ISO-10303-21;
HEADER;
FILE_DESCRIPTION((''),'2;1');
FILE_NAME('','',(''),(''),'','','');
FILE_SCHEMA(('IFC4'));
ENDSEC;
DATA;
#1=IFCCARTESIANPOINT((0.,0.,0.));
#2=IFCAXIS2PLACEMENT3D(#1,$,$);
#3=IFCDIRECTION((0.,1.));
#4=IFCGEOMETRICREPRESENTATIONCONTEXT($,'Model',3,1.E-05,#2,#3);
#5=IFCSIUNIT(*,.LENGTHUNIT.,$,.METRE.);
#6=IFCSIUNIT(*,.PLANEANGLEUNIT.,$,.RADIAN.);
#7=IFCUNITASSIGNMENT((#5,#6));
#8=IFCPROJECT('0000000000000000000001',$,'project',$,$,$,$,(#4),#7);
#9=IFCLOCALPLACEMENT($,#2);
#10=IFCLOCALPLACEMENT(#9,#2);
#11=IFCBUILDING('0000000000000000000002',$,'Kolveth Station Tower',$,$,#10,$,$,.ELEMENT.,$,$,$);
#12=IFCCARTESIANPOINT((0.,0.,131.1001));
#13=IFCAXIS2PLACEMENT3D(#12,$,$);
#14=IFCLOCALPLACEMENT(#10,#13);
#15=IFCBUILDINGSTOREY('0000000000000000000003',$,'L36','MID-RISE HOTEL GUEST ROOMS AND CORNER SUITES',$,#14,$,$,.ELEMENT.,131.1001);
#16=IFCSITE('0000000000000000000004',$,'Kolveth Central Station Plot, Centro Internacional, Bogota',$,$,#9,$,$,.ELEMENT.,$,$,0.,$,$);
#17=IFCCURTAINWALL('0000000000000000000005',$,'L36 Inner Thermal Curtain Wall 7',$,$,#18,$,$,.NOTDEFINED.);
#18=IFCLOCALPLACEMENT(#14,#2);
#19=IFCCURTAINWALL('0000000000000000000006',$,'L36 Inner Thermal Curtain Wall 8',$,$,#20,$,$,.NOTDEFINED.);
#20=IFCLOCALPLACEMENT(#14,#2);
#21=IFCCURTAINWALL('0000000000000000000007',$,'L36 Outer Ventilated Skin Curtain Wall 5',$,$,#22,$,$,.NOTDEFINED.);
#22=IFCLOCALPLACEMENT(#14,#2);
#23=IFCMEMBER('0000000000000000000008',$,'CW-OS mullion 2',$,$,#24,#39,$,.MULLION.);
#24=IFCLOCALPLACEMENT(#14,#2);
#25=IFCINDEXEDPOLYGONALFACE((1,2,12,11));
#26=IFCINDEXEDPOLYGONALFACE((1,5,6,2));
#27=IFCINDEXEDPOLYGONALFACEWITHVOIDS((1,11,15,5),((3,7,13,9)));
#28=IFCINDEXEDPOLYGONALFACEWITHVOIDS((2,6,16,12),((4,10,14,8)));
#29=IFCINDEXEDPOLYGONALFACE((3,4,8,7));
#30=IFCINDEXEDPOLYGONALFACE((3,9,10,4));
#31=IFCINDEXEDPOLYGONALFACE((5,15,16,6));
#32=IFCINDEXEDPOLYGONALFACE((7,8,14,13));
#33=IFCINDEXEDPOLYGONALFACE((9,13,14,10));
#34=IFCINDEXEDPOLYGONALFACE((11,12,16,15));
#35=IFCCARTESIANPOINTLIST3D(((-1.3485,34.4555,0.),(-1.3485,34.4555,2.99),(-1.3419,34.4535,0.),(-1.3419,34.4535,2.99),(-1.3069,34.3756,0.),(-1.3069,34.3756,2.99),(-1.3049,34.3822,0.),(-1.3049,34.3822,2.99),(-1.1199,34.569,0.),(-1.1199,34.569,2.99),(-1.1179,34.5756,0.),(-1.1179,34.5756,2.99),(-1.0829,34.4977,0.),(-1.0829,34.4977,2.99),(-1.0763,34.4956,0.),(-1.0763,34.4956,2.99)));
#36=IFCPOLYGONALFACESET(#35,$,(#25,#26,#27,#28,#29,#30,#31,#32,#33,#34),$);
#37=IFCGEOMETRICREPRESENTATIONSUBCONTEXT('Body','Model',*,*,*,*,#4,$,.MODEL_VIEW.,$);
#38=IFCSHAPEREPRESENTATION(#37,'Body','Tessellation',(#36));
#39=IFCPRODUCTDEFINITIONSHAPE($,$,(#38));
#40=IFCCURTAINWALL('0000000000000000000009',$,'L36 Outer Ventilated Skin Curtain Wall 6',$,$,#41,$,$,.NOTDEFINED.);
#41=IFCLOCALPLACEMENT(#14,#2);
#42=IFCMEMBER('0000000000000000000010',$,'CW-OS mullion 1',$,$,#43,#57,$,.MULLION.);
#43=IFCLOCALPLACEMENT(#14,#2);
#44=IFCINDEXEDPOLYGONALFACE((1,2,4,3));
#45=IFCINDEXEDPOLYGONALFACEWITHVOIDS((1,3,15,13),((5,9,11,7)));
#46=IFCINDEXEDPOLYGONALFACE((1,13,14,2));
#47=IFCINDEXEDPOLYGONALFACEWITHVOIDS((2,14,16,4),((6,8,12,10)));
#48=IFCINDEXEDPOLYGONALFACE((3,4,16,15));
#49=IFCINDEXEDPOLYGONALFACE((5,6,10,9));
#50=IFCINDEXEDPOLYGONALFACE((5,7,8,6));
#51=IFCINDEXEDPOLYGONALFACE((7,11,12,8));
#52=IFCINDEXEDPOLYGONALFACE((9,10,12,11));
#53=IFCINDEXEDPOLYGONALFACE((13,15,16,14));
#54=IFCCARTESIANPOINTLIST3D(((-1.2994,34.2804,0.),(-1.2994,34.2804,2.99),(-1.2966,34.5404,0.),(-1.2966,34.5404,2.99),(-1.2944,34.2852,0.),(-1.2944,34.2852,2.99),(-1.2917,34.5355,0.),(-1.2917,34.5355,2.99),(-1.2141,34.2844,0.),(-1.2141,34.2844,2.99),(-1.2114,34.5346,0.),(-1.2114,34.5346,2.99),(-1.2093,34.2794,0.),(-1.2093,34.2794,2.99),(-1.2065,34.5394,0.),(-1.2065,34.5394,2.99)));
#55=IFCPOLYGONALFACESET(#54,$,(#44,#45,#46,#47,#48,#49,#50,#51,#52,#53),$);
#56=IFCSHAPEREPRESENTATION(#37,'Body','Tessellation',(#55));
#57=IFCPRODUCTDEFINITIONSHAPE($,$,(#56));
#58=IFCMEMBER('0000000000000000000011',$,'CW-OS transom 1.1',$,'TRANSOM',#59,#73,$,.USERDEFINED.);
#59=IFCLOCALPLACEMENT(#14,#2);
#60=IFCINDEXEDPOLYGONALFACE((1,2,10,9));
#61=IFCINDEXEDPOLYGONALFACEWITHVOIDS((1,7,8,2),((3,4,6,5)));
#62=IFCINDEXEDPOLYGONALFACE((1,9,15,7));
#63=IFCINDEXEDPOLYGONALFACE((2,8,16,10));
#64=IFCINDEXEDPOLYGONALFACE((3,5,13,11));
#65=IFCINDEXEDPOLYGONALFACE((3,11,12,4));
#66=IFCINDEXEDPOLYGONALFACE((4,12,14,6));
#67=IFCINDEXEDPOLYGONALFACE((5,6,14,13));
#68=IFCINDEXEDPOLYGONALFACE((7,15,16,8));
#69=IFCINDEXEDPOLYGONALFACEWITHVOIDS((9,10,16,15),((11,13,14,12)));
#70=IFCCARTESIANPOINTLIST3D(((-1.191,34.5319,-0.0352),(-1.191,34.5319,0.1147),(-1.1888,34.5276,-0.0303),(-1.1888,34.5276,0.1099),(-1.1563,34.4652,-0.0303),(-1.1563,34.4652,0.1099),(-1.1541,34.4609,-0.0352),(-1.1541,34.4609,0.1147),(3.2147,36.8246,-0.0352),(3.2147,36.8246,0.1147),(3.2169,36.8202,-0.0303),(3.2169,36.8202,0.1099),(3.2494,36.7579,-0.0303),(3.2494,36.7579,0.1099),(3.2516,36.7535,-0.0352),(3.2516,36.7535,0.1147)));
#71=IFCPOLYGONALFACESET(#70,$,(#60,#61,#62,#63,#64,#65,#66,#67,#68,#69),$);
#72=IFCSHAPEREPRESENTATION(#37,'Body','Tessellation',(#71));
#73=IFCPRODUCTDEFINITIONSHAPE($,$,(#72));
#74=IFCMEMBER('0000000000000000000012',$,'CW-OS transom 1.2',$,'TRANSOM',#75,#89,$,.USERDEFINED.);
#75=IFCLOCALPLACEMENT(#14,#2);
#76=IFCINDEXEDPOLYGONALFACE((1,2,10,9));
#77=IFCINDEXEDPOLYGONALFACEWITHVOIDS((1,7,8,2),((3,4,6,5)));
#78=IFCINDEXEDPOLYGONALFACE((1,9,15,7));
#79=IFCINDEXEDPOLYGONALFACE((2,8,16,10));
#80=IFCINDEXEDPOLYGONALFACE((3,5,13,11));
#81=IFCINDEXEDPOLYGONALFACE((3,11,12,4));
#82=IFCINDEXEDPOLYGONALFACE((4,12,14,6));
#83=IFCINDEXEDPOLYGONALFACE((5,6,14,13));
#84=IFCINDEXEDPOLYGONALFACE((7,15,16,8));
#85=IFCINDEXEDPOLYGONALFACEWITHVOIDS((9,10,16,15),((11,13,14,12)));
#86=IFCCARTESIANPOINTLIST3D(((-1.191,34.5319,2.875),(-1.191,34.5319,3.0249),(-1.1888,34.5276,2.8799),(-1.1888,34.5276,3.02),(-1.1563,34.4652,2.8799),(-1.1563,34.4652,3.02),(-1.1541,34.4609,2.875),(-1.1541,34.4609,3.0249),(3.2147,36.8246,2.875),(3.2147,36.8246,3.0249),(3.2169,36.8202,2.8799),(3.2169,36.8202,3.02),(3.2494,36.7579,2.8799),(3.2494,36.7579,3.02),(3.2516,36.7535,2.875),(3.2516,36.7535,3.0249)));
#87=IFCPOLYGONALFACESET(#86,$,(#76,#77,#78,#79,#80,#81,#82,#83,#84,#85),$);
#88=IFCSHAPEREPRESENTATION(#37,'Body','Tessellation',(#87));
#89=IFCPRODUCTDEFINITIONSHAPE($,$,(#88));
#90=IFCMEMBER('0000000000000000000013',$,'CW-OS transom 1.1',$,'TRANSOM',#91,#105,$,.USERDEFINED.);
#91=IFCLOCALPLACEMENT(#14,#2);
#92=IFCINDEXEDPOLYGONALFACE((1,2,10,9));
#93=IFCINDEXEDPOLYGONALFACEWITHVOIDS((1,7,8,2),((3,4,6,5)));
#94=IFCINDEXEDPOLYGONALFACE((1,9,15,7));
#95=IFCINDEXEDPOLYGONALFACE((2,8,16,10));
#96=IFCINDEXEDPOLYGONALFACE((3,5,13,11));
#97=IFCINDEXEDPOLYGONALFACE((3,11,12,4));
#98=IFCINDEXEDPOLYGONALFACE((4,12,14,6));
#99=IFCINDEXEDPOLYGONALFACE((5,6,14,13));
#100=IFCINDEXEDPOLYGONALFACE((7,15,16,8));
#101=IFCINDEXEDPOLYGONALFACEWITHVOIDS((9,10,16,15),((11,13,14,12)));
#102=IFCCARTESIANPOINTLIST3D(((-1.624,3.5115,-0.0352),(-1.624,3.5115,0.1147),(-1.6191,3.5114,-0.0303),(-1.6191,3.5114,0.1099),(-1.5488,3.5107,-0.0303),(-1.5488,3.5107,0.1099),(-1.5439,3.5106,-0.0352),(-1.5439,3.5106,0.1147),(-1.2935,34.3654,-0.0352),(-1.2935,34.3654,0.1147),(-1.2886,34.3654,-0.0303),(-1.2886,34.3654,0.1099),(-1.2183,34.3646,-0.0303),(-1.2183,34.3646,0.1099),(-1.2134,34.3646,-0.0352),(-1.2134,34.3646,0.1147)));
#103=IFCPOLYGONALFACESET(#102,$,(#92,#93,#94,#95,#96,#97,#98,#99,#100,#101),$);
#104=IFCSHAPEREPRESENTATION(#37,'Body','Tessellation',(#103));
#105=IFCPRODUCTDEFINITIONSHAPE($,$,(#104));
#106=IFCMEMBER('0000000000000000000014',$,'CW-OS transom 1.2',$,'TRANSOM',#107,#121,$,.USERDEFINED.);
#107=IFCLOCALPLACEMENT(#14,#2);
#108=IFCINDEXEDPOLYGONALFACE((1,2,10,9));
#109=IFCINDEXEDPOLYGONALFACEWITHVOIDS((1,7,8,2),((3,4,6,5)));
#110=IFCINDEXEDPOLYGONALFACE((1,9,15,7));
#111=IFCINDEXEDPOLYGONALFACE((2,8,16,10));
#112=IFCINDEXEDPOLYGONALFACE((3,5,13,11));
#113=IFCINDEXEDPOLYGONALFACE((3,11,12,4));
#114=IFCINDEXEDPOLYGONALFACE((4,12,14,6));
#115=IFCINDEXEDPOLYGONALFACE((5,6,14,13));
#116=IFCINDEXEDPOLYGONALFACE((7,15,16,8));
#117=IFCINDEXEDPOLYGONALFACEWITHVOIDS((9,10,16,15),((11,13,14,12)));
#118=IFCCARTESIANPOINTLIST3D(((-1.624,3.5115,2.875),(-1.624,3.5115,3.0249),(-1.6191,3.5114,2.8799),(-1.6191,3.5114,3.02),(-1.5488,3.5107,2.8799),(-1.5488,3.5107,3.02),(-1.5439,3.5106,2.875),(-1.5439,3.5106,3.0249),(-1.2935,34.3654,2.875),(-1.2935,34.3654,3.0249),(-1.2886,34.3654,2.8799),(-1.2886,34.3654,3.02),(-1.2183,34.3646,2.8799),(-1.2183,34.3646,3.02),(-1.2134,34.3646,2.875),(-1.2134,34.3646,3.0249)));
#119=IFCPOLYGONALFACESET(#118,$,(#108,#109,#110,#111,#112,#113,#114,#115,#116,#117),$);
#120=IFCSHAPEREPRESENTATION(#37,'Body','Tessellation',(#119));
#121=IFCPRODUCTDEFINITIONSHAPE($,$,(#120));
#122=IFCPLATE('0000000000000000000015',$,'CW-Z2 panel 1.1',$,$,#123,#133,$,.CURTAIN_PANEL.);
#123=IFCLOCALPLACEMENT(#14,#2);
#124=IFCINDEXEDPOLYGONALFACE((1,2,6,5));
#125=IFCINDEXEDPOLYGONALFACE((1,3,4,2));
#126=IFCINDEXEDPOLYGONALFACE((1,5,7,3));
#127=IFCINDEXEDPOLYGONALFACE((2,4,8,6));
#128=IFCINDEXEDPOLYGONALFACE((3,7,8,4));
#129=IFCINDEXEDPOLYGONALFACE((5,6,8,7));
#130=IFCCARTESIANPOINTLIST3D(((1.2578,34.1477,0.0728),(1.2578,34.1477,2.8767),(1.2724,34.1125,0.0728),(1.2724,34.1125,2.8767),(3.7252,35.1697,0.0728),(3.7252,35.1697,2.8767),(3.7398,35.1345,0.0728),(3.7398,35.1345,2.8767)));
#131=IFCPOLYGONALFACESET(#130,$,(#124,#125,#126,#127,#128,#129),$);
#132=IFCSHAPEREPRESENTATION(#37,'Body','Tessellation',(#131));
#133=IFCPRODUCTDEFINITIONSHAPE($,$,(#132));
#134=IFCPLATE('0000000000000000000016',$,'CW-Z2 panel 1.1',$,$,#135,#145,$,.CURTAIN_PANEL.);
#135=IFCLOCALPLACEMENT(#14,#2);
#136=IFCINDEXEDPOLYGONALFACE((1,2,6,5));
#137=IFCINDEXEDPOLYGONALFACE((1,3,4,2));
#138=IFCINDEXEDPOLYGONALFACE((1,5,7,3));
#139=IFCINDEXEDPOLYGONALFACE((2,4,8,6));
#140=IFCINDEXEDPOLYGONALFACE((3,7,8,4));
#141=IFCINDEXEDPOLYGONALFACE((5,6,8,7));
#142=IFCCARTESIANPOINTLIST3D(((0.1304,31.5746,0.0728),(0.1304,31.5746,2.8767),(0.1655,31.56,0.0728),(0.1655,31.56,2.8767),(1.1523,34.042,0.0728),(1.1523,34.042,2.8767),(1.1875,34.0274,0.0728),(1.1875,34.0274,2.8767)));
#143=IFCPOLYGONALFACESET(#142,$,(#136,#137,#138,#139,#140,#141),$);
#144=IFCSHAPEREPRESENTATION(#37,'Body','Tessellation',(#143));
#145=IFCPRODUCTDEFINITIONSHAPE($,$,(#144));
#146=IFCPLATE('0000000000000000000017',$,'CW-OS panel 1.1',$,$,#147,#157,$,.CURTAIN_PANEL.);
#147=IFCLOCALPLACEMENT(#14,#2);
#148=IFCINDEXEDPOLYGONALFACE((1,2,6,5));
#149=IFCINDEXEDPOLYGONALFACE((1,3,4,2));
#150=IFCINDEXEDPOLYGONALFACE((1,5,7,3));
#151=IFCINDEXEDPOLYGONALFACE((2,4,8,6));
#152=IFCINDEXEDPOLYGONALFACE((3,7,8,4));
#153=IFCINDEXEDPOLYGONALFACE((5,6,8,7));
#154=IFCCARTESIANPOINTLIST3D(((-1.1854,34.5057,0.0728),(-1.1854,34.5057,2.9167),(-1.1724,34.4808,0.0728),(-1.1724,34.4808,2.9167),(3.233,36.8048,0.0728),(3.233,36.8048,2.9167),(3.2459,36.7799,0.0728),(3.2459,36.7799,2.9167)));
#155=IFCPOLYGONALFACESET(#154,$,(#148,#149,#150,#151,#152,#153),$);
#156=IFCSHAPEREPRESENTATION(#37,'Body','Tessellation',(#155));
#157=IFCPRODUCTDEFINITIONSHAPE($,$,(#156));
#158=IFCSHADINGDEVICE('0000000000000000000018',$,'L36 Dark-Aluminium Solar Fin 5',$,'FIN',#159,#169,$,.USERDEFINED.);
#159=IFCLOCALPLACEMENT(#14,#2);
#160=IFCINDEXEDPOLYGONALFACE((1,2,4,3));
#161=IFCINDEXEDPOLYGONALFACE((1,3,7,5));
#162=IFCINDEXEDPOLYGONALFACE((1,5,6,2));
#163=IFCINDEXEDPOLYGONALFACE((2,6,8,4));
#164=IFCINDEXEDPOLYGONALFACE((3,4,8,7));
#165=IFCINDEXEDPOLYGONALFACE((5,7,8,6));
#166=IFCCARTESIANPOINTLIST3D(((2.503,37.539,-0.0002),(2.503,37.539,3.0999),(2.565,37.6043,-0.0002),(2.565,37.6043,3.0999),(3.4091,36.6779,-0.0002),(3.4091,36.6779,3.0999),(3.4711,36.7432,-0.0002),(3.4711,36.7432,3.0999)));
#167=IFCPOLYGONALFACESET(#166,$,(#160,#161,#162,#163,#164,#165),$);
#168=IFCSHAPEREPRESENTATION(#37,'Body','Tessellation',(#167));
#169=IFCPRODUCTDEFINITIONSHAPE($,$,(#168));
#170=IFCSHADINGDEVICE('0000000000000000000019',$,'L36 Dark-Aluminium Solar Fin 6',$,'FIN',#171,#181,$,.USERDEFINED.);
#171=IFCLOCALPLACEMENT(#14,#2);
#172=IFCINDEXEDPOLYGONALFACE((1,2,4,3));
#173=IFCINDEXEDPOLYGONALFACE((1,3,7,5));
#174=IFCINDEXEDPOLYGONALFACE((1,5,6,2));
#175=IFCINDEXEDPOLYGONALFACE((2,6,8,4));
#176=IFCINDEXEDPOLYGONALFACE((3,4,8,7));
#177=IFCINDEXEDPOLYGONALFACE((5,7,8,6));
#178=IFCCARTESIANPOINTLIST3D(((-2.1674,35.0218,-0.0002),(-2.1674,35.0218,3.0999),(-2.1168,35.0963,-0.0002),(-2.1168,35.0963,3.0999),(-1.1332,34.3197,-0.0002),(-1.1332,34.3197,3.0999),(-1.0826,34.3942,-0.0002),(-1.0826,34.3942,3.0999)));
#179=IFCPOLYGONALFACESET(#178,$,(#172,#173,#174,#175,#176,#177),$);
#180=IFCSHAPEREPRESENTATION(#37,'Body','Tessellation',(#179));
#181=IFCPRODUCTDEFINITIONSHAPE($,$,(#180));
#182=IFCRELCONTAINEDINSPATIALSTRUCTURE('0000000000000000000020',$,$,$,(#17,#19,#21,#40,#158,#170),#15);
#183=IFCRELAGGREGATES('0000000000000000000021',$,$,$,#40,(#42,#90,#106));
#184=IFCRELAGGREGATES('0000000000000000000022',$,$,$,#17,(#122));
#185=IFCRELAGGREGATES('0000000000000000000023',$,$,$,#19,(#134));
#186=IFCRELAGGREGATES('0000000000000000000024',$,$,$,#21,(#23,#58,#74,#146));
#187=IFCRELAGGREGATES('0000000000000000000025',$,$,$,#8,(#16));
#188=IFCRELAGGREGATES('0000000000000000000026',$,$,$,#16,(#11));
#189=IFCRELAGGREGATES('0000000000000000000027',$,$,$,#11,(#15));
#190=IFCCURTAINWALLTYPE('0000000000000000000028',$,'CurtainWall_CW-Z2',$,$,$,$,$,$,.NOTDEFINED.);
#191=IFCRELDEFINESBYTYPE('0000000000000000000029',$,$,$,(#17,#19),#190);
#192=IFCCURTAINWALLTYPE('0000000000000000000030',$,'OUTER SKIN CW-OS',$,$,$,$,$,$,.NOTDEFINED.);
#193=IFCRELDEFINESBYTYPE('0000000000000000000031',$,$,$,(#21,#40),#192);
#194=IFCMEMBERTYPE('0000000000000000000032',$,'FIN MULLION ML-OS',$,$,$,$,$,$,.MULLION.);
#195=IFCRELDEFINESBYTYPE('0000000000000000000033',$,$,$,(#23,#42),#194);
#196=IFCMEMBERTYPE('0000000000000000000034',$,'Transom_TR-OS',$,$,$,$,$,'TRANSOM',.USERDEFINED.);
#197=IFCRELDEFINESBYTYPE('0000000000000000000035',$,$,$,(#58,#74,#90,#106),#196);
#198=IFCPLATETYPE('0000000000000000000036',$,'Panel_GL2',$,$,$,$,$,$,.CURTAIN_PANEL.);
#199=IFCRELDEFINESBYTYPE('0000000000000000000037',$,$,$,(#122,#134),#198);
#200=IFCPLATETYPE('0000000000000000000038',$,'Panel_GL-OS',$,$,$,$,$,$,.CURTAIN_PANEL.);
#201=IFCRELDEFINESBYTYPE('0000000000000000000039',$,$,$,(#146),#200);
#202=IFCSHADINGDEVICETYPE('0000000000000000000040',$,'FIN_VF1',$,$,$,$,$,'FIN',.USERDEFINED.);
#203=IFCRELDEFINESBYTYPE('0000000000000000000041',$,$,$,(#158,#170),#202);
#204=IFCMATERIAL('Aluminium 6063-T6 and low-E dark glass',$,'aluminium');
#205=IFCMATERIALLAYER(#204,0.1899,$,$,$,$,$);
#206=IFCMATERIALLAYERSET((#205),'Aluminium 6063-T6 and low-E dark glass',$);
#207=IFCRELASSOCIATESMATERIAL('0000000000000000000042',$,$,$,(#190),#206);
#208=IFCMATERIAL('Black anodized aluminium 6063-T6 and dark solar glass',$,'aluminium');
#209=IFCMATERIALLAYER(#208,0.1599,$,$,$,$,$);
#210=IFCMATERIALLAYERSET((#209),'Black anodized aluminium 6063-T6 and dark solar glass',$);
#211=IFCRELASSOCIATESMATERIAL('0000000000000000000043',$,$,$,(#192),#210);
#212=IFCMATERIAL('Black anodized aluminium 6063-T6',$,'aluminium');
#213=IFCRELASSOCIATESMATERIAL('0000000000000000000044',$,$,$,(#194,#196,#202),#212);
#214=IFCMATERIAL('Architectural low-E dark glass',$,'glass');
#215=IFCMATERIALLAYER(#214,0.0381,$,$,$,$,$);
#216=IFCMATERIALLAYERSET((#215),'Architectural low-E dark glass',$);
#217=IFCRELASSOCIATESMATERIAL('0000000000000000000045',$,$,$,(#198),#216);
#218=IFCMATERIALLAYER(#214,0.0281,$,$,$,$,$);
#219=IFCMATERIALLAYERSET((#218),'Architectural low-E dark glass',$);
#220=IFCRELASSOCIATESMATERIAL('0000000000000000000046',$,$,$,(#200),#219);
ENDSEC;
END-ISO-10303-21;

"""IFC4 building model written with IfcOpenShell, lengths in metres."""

from ifc_helpers import new_model, si_unit, direction, frame, origin, origin_2d, place, context, subcontext, project, spatial, rectangle, hollow_rectangle, extrude, source, transform, mapped, material, layer, layer_set, material_profile, profile_set, type_object, element, aggregate, save


model = new_model("IFC4")

# Units and contexts
model_context = context("Model", 3, precision=1e-05, world=origin(), true_north=direction((0.0, 1.0)))
body_context = subcontext(model_context, "Body", "Model", "MODEL_VIEW")
ifc_project = project(units=[si_unit("LENGTHUNIT", "METRE"), si_unit("PLANEANGLEUNIT", "RADIAN")], contexts=[model_context])

# Site, building, storey
site_placement = place(None, origin())
site = spatial("IfcSite", under=ifc_project, at=site_placement, Name="Kolveth Central Station Plot, Centro Internacional, Bogota", CompositionType="ELEMENT", RefElevation=0.0)
building_placement = place(site_placement, origin())
building = spatial("IfcBuilding", under=site, at=building_placement, Name="Kolveth Station Tower", CompositionType="ELEMENT")
storey_placement = place(building_placement, frame((0.0, 0.0, 131.1001)))
storey = spatial("IfcBuildingStorey", under=building, at=storey_placement, Name="L36", Description="MID-RISE HOTEL GUEST ROOMS AND CORNER SUITES", CompositionType="ELEMENT", Elevation=131.1001)

# Shared definitions
ifc_material_1 = material(Name="Aluminium 6063-T6 and low-E dark glass", Category="aluminium")
ifc_layer_1 = layer(ifc_material_1, 0.1899)
ifc_layer_set_1 = layer_set([ifc_layer_1], Name="Aluminium 6063-T6 and low-E dark glass")
curtain_wall_type_1 = type_object("IfcCurtainWallType", Name="CurtainWall_CW-Z2", PredefinedType="NOTDEFINED", material=ifc_layer_set_1)
ifc_material_2 = material(Name="Black anodized aluminium 6063-T6", Category="aluminium")

# Curtain wall
curtain_wall_1_placement = place(storey_placement, origin())
curtain_wall_1 = element("IfcCurtainWall", 1, at=curtain_wall_1_placement, inside=storey, type_object=curtain_wall_type_1, Name="L36 Inner Thermal Curtain Wall 7", PredefinedType="NOTDEFINED")

# Curtain wall
curtain_wall_2_placement = place(storey_placement, origin())
curtain_wall_2 = element("IfcCurtainWall", 2, at=curtain_wall_2_placement, inside=storey, type_object=curtain_wall_type_1, Name="L36 Inner Thermal Curtain Wall 8", PredefinedType="NOTDEFINED")

# Shared definitions
ifc_material_3 = material(Name="Black anodized aluminium 6063-T6 and dark solar glass", Category="aluminium")
ifc_layer_2 = layer(ifc_material_3, 0.1599)
ifc_layer_set_2 = layer_set([ifc_layer_2], Name="Black anodized aluminium 6063-T6 and dark solar glass")
curtain_wall_type_2 = type_object("IfcCurtainWallType", Name="OUTER SKIN CW-OS", PredefinedType="NOTDEFINED", material=ifc_layer_set_2)
ifc_material_profile_1 = material_profile(ifc_material_2, hollow_rectangle(XDim=0.0901, YDim=0.26, WallThickness=0.0049, at=origin_2d()), Name="ALU-90x260x5")
ifc_profile_set_1 = profile_set([ifc_material_profile_1], Name="Black anodized aluminium 6063-T6")
member_type_1 = type_object("IfcMemberType", Name="FIN MULLION ML-OS", PredefinedType="MULLION", material=ifc_profile_set_1)
shared_shape_1 = source(origin(), body_context, "Body", "SweptSolid", [
    extrude(hollow_rectangle(XDim=0.0901, YDim=0.26, WallThickness=0.0049, at=origin_2d()), origin(), (0.0, 0.0, 1.0), 2.99),
])

# Curtain wall, member
curtain_wall_3_placement = place(storey_placement, origin())
curtain_wall_3 = element("IfcCurtainWall", 3, at=curtain_wall_3_placement, inside=storey, type_object=curtain_wall_type_2, Name="L36 Outer Ventilated Skin Curtain Wall 5", PredefinedType="NOTDEFINED")
member_1_placement = place(storey_placement, frame((-1.2124, 34.4756, 0.0), z_axis=(0.0, 0.0, 1.0), x_axis=(0.461604, -0.887086, 0.0)))
member_1 = element("IfcMember", 4, at=member_1_placement, type_object=member_type_1, Name="CW-OS mullion 2", PredefinedType="MULLION", context=body_context, shape_type="MappedRepresentation", body=[
    mapped(shared_shape_1, transform((0.0, 0.0, 0.0), x_axis=(1.0, 0.0, 0.0), y_axis=(0.0, 1.0, 0.0), z_axis=(0.0, 0.0, 1.0), scale=1.0)),
])

# Curtain wall, member
curtain_wall_4_placement = place(storey_placement, origin())
curtain_wall_4 = element("IfcCurtainWall", 5, at=curtain_wall_4_placement, inside=storey, type_object=curtain_wall_type_2, Name="L36 Outer Ventilated Skin Curtain Wall 6", PredefinedType="NOTDEFINED")
member_2_placement = place(storey_placement, frame((-1.2529, 34.4099, 0.0), z_axis=(0.0, 0.0, 1.0), x_axis=(0.999943, -0.010713, 0.0)))
member_2 = element("IfcMember", 6, at=member_2_placement, type_object=member_type_1, Name="CW-OS mullion 1", PredefinedType="MULLION", context=body_context, shape_type="MappedRepresentation", body=[
    mapped(shared_shape_1, transform((0.0, 0.0, 0.0), x_axis=(1.0, 0.0, 0.0), y_axis=(0.0, 1.0, 0.0), z_axis=(0.0, 0.0, 1.0), scale=1.0)),
])

# Members
ifc_material_profile_2 = material_profile(ifc_material_2, hollow_rectangle(XDim=0.0801, YDim=0.1499, WallThickness=0.0049, at=origin_2d()), Name="ALU-80x150x5")
ifc_profile_set_2 = profile_set([ifc_material_profile_2], Name="Black anodized aluminium 6063-T6")
member_type_2 = type_object("IfcMemberType", Name="Transom_TR-OS", ElementType="TRANSOM", PredefinedType="USERDEFINED", material=ifc_profile_set_2)
shared_shape_2 = source(origin(), body_context, "Body", "SweptSolid", [
    extrude(hollow_rectangle(XDim=0.0801, YDim=0.1499, WallThickness=0.0049, at=origin_2d()), origin(), (0.0, 0.0, 1.0), 4.9666),
])
member_3_placement = place(storey_placement, frame((3.2332, 36.7891, 0.0398), z_axis=(-0.887074, -0.461627, 0.0), x_axis=(0.461627, -0.887074, 0.0)))
member_3 = element("IfcMember", 7, at=member_3_placement, type_object=member_type_2, Name="CW-OS transom 1.1", ObjectType="TRANSOM", PredefinedType="USERDEFINED", context=body_context, shape_type="MappedRepresentation", body=[
    mapped(shared_shape_2, transform((0.0, 0.0, 0.0), x_axis=(1.0, 0.0, 0.0), y_axis=(0.0, 1.0, 0.0), z_axis=(0.0, 0.0, 1.0), scale=1.0)),
])
member_4_placement = place(storey_placement, frame((3.2332, 36.7891, 2.95), z_axis=(-0.887074, -0.461627, 0.0), x_axis=(0.461627, -0.887074, 0.0)))
member_4 = element("IfcMember", 8, at=member_4_placement, type_object=member_type_2, Name="CW-OS transom 1.2", ObjectType="TRANSOM", PredefinedType="USERDEFINED", context=body_context, shape_type="MappedRepresentation", body=[
    mapped(shared_shape_2, transform((0.0, 0.0, 0.0), x_axis=(1.0, 0.0, 0.0), y_axis=(0.0, 1.0, 0.0), z_axis=(0.0, 0.0, 1.0), scale=1.0)),
])
shared_shape_3 = source(origin(), body_context, "Body", "SweptSolid", [
    extrude(hollow_rectangle(XDim=0.0801, YDim=0.1499, WallThickness=0.0049, at=origin_2d()), origin(), (0.0, 0.0, 1.0), 30.8557),
])
member_5_placement = place(storey_placement, frame((-1.2534, 34.365, 0.0398), z_axis=(-0.010713, -0.999943, 0.0), x_axis=(0.999943, -0.010713, 0.0)))
member_5 = element("IfcMember", 9, at=member_5_placement, type_object=member_type_2, Name="CW-OS transom 1.1", ObjectType="TRANSOM", PredefinedType="USERDEFINED", context=body_context, shape_type="MappedRepresentation", body=[
    mapped(shared_shape_3, transform((0.0, 0.0, 0.0), x_axis=(1.0, 0.0, 0.0), y_axis=(0.0, 1.0, 0.0), z_axis=(0.0, 0.0, 1.0), scale=1.0)),
])
member_6_placement = place(storey_placement, frame((-1.2534, 34.365, 2.95), z_axis=(-0.010713, -0.999943, 0.0), x_axis=(0.999943, -0.010713, 0.0)))
member_6 = element("IfcMember", 10, at=member_6_placement, type_object=member_type_2, Name="CW-OS transom 1.2", ObjectType="TRANSOM", PredefinedType="USERDEFINED", context=body_context, shape_type="MappedRepresentation", body=[
    mapped(shared_shape_3, transform((0.0, 0.0, 0.0), x_axis=(1.0, 0.0, 0.0), y_axis=(0.0, 1.0, 0.0), z_axis=(0.0, 0.0, 1.0), scale=1.0)),
])
aggregate(curtain_wall_4, [member_2, member_5, member_6])

# Plates
ifc_material_4 = material(Name="Architectural low-E dark glass", Category="glass")
ifc_layer_3 = layer(ifc_material_4, 0.0381)
ifc_layer_set_3 = layer_set([ifc_layer_3], Name="Architectural low-E dark glass")
plate_type_1 = type_object("IfcPlateType", Name="Panel_GL2", PredefinedType="CURTAIN_PANEL", material=ifc_layer_set_3)
shared_shape_4 = source(origin(), body_context, "Body", "SweptSolid", [
    extrude(rectangle(XDim=2.6707, YDim=0.0381, at=origin_2d()), origin(), (0.0, 0.0, 1.0), 2.804),
])
plate_1_placement = place(storey_placement, frame((2.4988, 34.6411, 0.0728), z_axis=(0.0, 0.0, 1.0), x_axis=(-0.923888, -0.382663, 0.0)))
plate_1 = element("IfcPlate", 11, at=plate_1_placement, type_object=plate_type_1, Name="CW-Z2 panel 1.1", PredefinedType="CURTAIN_PANEL", context=body_context, shape_type="MappedRepresentation", body=[
    mapped(shared_shape_4, transform((0.0, 0.0, 0.0), x_axis=(1.0, 0.0, 0.0), y_axis=(0.0, 1.0, 0.0), z_axis=(0.0, 0.0, 1.0), scale=1.0)),
])
aggregate(curtain_wall_1, [plate_1])
plate_2_placement = place(storey_placement, frame((0.6589, 32.801, 0.0728), z_axis=(0.0, 0.0, 1.0), x_axis=(-0.382663, -0.923888, 0.0)))
plate_2 = element("IfcPlate", 12, at=plate_2_placement, type_object=plate_type_1, Name="CW-Z2 panel 1.1", PredefinedType="CURTAIN_PANEL", context=body_context, shape_type="MappedRepresentation", body=[
    mapped(shared_shape_4, transform((0.0, 0.0, 0.0), x_axis=(1.0, 0.0, 0.0), y_axis=(0.0, 1.0, 0.0), z_axis=(0.0, 0.0, 1.0), scale=1.0)),
])
aggregate(curtain_wall_2, [plate_2])
ifc_layer_4 = layer(ifc_material_4, 0.0281)
ifc_layer_set_4 = layer_set([ifc_layer_4], Name="Architectural low-E dark glass")
plate_type_2 = type_object("IfcPlateType", Name="Panel_GL-OS", PredefinedType="CURTAIN_PANEL", material=ifc_layer_set_4)
shared_shape_5 = source(origin(), body_context, "Body", "SweptSolid", [
    extrude(rectangle(XDim=4.9807, YDim=0.0281, at=origin_2d()), origin(), (0.0, 0.0, 1.0), 2.844),
])
plate_3_placement = place(storey_placement, frame((1.0303, 35.6428, 0.0728), z_axis=(0.0, 0.0, 1.0), x_axis=(-0.887086, -0.461604, 0.0)))
plate_3 = element("IfcPlate", 13, at=plate_3_placement, type_object=plate_type_2, Name="CW-OS panel 1.1", PredefinedType="CURTAIN_PANEL", context=body_context, shape_type="MappedRepresentation", body=[
    mapped(shared_shape_5, transform((0.0, 0.0, 0.0), x_axis=(1.0, 0.0, 0.0), y_axis=(0.0, 1.0, 0.0), z_axis=(0.0, 0.0, 1.0), scale=1.0)),
])
aggregate(curtain_wall_3, [member_1, member_3, member_4, plate_3])

# Shading devices
shading_device_type = type_object("IfcShadingDeviceType", Name="FIN_VF1", ElementType="FIN", PredefinedType="USERDEFINED", material=ifc_material_2)
shared_shape_6 = source(origin(), body_context, "Body", "SweptSolid", [
    extrude(rectangle(XDim=1.25, YDim=0.0901, at=origin_2d()), origin(), (0.0, 0.0, 1.0), 3.1001),
])
for number, where, z_axis, x_axis, name in (
    (14, (2.9871, 37.1411, -0.0002), (0.0, 0.0, 1.0), (-0.724894, 0.688861, 0.0), "L36 Dark-Aluminium Solar Fin 5"),
    (15, (-1.625, 34.708, -0.0002), (0.0, 0.0, 1.0), (-0.827375, 0.56165, 0.0), "L36 Dark-Aluminium Solar Fin 6"),
):
    element("IfcShadingDevice", number, at=place(storey_placement, frame(where, z_axis=z_axis, x_axis=x_axis)), inside=storey, type_object=shading_device_type, Name=name, ObjectType="FIN", PredefinedType="USERDEFINED", context=body_context, shape_type="MappedRepresentation", body=[
        mapped(shared_shape_6, transform((0.0, 0.0, 0.0), x_axis=(1.0, 0.0, 0.0), y_axis=(0.0, 1.0, 0.0), z_axis=(0.0, 0.0, 1.0), scale=1.0)),
    ])

save(model, "model.ifc")
